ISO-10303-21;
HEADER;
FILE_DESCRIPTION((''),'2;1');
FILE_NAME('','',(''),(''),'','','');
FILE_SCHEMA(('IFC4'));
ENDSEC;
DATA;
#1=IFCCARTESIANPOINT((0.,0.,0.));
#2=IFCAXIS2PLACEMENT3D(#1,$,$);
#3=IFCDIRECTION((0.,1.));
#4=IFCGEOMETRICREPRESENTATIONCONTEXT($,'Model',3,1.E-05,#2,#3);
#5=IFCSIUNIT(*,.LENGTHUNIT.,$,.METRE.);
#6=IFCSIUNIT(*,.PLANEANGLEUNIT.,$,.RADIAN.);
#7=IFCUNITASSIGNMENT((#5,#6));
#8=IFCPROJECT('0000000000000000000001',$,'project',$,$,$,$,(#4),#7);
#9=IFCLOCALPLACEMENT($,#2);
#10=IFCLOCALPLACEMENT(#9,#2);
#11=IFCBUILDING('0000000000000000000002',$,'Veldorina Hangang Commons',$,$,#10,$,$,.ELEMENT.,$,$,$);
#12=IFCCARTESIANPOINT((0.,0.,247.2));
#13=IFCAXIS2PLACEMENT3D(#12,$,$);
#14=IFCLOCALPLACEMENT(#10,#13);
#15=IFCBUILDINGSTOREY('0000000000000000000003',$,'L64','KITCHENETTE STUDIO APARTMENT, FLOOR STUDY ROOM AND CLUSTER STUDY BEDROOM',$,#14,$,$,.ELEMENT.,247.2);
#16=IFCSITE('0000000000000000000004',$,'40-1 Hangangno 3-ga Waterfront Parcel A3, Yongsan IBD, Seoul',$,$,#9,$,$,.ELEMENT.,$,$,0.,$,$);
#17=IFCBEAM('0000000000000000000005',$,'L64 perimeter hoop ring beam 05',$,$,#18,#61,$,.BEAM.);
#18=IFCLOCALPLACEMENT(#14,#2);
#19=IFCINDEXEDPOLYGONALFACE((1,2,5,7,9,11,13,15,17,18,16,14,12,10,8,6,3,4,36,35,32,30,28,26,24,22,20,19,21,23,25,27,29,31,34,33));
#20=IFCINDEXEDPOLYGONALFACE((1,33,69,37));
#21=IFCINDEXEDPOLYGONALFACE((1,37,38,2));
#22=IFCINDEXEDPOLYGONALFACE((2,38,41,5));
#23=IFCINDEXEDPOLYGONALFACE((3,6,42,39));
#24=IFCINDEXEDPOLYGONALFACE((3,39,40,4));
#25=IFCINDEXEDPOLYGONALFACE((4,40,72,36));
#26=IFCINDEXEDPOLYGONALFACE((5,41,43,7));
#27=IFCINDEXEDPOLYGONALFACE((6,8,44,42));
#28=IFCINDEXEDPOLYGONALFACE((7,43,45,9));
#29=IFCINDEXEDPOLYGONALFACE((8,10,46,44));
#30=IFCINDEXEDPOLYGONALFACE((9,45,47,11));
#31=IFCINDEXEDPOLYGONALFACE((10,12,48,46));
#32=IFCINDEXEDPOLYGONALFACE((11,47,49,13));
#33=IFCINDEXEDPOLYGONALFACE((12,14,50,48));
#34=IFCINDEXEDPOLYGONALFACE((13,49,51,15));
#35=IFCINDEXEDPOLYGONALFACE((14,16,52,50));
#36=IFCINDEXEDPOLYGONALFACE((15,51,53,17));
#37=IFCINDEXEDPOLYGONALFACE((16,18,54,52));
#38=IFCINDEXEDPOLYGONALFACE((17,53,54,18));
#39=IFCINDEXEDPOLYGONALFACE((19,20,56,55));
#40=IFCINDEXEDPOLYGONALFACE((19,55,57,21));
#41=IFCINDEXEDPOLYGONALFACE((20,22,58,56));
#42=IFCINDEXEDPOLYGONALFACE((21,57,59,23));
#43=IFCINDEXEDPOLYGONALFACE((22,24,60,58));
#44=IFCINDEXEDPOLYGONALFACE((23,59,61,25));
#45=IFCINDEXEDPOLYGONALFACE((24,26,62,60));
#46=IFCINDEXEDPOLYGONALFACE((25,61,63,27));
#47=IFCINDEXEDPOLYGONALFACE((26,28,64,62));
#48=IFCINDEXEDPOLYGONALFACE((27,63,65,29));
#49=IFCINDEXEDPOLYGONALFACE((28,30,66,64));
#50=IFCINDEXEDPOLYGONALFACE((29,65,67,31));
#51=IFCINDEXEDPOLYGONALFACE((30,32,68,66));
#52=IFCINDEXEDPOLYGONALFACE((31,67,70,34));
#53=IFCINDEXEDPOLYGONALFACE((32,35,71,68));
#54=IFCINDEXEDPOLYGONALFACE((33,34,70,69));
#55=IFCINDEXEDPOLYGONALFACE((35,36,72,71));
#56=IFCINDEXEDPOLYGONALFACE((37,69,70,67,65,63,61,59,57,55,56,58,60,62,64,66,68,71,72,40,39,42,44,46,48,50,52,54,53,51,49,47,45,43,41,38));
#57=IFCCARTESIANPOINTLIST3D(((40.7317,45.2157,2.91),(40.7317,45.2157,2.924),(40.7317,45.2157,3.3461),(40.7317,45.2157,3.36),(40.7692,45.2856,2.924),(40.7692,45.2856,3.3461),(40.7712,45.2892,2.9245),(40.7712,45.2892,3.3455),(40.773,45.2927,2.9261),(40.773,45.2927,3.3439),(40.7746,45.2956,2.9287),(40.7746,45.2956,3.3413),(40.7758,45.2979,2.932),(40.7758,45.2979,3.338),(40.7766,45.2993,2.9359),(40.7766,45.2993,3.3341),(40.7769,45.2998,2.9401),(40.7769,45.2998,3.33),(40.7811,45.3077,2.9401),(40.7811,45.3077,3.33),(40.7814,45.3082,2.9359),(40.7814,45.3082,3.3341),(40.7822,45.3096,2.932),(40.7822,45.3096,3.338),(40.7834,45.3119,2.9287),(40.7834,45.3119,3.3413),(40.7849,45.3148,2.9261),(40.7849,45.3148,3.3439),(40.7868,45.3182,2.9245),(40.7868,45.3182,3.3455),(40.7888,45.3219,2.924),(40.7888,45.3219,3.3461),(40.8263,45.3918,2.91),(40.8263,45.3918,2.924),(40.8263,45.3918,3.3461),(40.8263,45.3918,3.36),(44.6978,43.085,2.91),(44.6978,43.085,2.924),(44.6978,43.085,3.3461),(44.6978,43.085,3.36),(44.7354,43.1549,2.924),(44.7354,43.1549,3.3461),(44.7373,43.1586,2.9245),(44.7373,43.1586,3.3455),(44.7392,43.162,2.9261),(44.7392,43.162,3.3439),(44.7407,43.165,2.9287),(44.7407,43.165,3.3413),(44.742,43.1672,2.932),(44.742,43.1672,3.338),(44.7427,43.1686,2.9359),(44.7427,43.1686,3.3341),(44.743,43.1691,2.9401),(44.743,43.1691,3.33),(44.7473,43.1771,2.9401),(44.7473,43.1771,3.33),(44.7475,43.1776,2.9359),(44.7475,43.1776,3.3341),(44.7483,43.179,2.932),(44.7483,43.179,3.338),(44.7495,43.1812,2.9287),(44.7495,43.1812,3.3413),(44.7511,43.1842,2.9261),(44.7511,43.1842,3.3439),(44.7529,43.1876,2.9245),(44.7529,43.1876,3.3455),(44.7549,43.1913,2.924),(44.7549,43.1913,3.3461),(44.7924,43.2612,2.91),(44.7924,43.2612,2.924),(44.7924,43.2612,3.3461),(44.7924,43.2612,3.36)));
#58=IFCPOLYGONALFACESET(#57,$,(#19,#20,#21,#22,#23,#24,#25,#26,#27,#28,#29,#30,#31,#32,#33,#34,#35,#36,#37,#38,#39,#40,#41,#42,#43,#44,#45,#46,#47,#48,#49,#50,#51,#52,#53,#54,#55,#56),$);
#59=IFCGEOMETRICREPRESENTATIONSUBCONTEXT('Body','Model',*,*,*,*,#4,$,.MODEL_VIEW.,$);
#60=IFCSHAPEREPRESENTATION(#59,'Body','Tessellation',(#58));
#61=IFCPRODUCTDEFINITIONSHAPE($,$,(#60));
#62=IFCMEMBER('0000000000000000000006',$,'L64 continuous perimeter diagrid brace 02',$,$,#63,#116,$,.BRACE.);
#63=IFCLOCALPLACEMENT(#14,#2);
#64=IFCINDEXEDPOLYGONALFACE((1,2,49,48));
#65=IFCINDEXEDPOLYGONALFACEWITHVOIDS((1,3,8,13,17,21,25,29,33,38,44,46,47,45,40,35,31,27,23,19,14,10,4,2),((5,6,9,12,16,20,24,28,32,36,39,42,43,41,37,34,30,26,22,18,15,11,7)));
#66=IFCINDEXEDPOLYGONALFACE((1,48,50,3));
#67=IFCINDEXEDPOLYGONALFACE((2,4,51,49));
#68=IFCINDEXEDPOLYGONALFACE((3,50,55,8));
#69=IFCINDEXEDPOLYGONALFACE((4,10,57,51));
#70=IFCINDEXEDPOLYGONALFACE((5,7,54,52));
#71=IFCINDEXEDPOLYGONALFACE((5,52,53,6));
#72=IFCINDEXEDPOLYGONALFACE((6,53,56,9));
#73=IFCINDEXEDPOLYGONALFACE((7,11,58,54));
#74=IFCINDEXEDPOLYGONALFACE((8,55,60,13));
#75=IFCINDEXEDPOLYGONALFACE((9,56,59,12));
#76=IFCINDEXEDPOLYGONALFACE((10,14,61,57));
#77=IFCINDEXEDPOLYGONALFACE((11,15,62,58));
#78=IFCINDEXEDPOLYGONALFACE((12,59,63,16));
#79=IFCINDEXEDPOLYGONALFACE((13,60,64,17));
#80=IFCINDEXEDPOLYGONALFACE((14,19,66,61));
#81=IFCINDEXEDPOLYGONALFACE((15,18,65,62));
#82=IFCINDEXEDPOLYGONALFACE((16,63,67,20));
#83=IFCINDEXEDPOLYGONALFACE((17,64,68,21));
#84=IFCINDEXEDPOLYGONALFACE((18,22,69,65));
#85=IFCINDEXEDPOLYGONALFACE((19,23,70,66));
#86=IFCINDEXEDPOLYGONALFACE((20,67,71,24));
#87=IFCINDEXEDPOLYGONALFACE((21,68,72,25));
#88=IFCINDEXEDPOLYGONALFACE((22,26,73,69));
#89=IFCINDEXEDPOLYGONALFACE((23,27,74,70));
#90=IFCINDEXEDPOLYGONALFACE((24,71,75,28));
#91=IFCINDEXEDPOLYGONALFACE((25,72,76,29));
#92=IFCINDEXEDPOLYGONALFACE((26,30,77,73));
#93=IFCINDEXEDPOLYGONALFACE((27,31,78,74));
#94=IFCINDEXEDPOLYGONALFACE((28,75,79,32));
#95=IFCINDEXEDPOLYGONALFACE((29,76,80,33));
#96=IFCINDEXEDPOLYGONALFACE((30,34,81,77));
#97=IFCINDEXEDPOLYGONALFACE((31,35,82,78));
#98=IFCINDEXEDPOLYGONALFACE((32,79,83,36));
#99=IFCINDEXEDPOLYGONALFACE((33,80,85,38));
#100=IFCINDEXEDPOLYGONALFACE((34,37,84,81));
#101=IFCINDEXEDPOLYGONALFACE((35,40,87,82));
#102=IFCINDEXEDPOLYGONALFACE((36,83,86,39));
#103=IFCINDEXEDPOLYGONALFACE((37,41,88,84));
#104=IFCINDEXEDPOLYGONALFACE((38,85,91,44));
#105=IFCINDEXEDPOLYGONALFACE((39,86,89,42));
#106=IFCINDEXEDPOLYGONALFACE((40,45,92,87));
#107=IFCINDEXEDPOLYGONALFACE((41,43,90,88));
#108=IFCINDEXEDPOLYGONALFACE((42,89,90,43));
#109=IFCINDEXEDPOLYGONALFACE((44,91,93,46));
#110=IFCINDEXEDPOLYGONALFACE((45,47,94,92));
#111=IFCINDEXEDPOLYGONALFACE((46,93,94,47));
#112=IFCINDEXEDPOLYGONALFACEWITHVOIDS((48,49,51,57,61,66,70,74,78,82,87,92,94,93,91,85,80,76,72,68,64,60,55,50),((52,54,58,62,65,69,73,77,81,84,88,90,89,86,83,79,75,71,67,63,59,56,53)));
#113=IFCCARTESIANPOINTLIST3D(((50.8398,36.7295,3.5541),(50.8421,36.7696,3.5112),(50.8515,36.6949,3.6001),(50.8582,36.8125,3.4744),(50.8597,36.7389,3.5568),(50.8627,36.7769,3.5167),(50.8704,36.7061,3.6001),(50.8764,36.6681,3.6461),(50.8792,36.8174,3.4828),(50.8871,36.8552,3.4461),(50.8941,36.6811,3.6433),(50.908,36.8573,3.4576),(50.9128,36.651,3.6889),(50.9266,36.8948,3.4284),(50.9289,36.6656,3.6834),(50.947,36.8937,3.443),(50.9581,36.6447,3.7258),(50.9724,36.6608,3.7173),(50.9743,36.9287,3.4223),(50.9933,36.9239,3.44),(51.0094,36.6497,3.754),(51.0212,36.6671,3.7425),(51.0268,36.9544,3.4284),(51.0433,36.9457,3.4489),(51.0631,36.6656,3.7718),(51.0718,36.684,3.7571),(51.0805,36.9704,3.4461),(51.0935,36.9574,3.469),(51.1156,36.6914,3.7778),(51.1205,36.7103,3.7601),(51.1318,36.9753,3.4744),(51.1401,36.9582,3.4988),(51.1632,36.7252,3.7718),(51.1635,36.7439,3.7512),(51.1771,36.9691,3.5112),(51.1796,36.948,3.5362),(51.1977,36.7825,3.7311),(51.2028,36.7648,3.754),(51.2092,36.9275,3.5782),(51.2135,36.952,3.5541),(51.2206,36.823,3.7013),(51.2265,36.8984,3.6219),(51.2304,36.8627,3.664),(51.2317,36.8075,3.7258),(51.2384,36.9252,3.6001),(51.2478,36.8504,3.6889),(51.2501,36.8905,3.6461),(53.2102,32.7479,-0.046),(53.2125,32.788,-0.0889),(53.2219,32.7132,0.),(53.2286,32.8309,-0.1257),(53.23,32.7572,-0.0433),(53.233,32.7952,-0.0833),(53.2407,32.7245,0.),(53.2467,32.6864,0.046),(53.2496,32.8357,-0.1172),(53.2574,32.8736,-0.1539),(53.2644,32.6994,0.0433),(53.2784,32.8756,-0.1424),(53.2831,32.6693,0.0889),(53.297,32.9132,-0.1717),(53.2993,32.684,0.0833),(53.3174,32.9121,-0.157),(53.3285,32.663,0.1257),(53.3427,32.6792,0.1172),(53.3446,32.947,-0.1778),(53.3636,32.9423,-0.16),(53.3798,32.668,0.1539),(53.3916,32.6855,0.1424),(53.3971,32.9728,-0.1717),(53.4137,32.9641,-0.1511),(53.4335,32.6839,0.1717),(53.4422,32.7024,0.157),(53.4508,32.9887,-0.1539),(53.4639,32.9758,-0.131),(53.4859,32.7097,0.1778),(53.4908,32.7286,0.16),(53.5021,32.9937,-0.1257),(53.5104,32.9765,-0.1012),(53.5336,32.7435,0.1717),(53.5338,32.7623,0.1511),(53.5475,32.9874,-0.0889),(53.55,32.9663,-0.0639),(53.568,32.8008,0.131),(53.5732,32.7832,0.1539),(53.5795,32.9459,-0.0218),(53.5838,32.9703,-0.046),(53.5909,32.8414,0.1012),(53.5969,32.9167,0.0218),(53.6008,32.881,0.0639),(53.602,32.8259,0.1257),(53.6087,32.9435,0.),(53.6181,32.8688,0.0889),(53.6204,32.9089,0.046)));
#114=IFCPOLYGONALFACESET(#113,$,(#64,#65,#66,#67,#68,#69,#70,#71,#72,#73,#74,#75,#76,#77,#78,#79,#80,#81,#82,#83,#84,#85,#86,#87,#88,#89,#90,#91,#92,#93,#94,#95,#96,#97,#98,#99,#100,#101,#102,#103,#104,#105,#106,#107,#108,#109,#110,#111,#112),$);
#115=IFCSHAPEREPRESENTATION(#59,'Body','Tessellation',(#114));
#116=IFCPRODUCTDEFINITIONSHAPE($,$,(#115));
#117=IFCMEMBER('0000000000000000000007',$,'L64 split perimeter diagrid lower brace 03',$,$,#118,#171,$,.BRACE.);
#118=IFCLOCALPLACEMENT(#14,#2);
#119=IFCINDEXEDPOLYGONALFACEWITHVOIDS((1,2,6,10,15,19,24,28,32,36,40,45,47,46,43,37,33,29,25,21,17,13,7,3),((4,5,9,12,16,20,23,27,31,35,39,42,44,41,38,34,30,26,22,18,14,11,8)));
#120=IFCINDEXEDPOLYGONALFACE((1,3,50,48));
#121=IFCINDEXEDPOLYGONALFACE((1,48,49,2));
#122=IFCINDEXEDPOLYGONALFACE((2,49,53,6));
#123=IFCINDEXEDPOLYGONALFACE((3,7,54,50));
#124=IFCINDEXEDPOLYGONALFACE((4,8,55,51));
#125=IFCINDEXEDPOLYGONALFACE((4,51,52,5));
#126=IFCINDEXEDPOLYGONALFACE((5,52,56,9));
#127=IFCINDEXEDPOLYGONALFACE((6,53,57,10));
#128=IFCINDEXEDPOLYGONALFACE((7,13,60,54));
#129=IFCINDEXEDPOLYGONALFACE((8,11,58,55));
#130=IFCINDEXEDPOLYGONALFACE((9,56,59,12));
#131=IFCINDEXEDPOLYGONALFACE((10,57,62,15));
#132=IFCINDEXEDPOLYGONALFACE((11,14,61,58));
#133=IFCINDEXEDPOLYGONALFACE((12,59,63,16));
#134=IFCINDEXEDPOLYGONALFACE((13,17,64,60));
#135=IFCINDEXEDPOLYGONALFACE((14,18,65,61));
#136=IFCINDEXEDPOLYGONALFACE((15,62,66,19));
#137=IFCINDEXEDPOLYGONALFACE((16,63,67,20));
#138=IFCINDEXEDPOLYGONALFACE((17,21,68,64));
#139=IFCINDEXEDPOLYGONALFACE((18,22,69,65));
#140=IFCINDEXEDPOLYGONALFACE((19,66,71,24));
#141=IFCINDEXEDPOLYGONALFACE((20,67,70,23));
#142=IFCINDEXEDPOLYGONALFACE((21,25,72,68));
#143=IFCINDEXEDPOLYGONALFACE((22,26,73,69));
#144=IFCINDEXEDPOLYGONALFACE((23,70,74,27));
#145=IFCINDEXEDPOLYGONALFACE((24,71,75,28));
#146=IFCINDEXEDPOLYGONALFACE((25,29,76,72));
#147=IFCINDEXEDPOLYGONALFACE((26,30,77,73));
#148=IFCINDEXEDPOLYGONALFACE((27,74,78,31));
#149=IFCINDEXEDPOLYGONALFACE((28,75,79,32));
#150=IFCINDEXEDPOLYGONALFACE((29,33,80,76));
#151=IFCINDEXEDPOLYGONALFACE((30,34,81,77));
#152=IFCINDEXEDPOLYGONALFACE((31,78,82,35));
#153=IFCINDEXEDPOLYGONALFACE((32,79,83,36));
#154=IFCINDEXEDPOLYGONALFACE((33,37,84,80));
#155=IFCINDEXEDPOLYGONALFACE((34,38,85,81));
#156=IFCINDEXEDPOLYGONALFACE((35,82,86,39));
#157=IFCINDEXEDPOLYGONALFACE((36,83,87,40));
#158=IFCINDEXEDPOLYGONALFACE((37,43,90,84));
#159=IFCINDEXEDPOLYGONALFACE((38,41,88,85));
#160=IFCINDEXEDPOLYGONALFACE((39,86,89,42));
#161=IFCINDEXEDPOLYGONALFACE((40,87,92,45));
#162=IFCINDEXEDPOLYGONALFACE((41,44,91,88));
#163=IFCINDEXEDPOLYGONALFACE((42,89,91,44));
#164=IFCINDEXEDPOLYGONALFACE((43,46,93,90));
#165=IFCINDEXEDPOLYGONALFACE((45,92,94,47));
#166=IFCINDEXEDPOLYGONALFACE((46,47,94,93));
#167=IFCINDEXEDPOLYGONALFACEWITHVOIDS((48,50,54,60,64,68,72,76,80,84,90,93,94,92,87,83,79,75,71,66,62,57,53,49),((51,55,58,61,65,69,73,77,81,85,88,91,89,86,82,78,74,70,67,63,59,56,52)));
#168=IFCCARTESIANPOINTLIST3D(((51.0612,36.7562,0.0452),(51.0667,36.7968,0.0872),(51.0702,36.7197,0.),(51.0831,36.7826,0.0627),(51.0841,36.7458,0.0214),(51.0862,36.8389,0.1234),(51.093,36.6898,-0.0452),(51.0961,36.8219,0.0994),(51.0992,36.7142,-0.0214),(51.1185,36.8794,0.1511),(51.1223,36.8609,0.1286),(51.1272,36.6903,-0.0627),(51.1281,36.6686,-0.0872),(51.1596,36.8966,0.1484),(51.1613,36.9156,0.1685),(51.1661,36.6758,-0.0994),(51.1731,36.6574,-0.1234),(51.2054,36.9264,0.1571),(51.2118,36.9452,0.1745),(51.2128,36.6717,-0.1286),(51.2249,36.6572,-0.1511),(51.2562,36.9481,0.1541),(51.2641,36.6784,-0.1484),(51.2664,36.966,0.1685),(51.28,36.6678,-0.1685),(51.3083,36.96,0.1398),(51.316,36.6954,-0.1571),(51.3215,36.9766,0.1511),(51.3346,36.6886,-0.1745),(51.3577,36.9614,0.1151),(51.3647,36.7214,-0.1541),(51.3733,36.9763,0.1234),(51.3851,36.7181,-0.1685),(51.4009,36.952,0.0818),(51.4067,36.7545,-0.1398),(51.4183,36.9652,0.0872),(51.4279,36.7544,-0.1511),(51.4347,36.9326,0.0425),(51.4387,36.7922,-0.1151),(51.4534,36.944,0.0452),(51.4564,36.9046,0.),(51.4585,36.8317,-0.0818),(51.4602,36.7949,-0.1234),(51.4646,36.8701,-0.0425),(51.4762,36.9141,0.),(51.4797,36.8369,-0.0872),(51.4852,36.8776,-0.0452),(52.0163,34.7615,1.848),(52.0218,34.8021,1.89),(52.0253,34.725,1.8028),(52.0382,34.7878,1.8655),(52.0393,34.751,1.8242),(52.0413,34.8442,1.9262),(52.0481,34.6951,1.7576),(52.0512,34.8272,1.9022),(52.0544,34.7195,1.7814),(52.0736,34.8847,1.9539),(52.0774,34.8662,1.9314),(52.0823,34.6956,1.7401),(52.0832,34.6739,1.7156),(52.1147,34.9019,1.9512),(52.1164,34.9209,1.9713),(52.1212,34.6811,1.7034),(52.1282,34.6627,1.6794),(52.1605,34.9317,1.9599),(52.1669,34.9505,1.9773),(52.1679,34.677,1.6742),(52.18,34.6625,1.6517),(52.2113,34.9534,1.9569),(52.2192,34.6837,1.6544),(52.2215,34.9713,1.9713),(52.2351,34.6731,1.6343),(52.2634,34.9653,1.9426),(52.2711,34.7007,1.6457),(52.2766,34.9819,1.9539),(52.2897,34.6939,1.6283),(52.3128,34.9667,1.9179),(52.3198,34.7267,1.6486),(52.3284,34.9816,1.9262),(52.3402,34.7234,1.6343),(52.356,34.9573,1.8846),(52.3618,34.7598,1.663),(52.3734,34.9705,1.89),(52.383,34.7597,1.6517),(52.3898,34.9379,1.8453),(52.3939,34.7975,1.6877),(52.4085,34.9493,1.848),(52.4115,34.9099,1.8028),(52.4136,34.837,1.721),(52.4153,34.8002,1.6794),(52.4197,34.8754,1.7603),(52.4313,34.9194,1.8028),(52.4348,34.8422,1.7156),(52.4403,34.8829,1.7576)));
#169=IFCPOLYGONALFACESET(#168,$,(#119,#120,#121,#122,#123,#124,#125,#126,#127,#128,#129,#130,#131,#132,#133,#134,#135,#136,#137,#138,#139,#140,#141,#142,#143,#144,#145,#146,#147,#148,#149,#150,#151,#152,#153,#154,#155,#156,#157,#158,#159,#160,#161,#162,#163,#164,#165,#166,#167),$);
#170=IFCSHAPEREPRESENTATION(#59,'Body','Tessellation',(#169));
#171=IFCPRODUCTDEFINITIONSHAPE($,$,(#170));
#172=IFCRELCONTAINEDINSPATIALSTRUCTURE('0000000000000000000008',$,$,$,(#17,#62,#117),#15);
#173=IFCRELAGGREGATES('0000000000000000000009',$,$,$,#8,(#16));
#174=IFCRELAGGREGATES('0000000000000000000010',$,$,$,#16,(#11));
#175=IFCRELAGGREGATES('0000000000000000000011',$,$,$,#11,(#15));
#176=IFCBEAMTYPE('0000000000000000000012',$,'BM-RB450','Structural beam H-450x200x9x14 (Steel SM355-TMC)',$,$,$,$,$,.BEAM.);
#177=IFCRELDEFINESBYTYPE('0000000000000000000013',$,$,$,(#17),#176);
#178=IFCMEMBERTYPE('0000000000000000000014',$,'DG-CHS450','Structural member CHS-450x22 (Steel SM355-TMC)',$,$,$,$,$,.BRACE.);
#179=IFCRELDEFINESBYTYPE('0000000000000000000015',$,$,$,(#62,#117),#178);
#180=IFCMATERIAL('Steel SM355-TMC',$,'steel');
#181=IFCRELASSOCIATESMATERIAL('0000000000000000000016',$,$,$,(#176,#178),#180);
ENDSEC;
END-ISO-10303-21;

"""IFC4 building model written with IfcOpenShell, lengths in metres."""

from ifc_helpers import new_model, si_unit, direction, frame, origin, origin_2d, place, context, subcontext, project, spatial, hollow_circle, i_section, extrude, material, material_profile, profile_set, type_object, element, save


model = new_model("IFC4")

# Units and contexts
model_context = context("Model", 3, precision=1e-05, world=origin(), true_north=direction((0.0, 1.0)))
body_context = subcontext(model_context, "Body", "Model", "MODEL_VIEW")
ifc_project = project(units=[si_unit("LENGTHUNIT", "METRE"), si_unit("PLANEANGLEUNIT", "RADIAN")], contexts=[model_context])

# Site, building, storey
site_placement = place(None, origin())
site = spatial("IfcSite", under=ifc_project, at=site_placement, Name="40-1 Hangangno 3-ga Waterfront Parcel A3, Yongsan IBD, Seoul", CompositionType="ELEMENT", RefElevation=0.0)
building_placement = place(site_placement, origin())
building = spatial("IfcBuilding", under=site, at=building_placement, Name="Veldorina Hangang Commons", CompositionType="ELEMENT")
storey_placement = place(building_placement, frame((0.0, 0.0, 247.2)))
storey = spatial("IfcBuildingStorey", under=building, at=storey_placement, Name="L64", Description="KITCHENETTE STUDIO APARTMENT, FLOOR STUDY ROOM AND CLUSTER STUDY BEDROOM", CompositionType="ELEMENT", Elevation=247.2)

# Beam
ifc_material_1 = material(Name="Steel SM355-TMC", Category="steel")
ifc_material_profile_1 = material_profile(ifc_material_1, i_section(OverallWidth=0.2, OverallDepth=0.45, WebThickness=0.009, FlangeThickness=0.0139, FilletRadius=0.0161, at=origin_2d()), Name="H-450x200x9x14")
ifc_profile_set_1 = profile_set([ifc_material_profile_1], Name="Steel SM355-TMC")
beam_type_1 = type_object("IfcBeamType", Name="BM-RB450", Description="Structural beam H-450x200x9x14 (Steel SM355-TMC)", PredefinedType="BEAM", material=ifc_profile_set_1)
beam_1_placement = place(storey_placement, frame((44.7451, 43.1731, 3.135), z_axis=(-0.88093, 0.473246, 0.0), x_axis=(-0.473246, -0.88093, 0.0)))
element("IfcBeam", 1, at=beam_1_placement, inside=storey, type_object=beam_type_1, Name="L64 perimeter hoop ring beam 05", PredefinedType="BEAM", context=body_context, shape_type="SweptSolid", body=[
    extrude(i_section(OverallWidth=0.2, OverallDepth=0.45, WebThickness=0.009, FlangeThickness=0.0139, FilletRadius=0.0161, at=origin_2d()), origin(), (0.0, 0.0, 1.0), 4.5022),
])

# Members
ifc_material_profile_2 = material_profile(ifc_material_1, hollow_circle(Radius=0.2251, WallThickness=0.022, at=origin_2d()), Name="CHS-450x22")
ifc_profile_set_2 = profile_set([ifc_material_profile_2], Name="Steel SM355-TMC")
member_type_1 = type_object("IfcMemberType", Name="DG-CHS450", Description="Structural member CHS-450x22 (Steel SM355-TMC)", PredefinedType="BRACE", material=ifc_profile_set_2)
member_1_placement = place(storey_placement, frame((53.4153, 32.8284, 0.0), z_axis=(-0.403949, 0.678545, 0.613516), x_axis=(-0.859264, -0.511533, 0.0)))
element("IfcMember", 2, at=member_1_placement, inside=storey, type_object=member_type_1, Name="L64 continuous perimeter diagrid brace 02", PredefinedType="BRACE", context=body_context, shape_type="SweptSolid", body=[
    extrude(hollow_circle(Radius=0.2251, WallThickness=0.022, at=origin_2d()), origin(), (0.0, 0.0, 1.0), 5.8679),
])
member_2_placement = place(storey_placement, frame((51.2732, 36.8169, 0.0), z_axis=(0.334743, -0.699093, 0.631836), x_axis=(0.901936, 0.43187, 0.0)))
element("IfcMember", 3, at=member_2_placement, inside=storey, type_object=member_type_1, Name="L64 split perimeter diagrid lower brace 03", PredefinedType="BRACE", context=body_context, shape_type="SweptSolid", body=[
    extrude(hollow_circle(Radius=0.2251, WallThickness=0.022, at=origin_2d()), origin(), (0.0, 0.0, 1.0), 2.8533),
])

save(model, "model.ifc")
